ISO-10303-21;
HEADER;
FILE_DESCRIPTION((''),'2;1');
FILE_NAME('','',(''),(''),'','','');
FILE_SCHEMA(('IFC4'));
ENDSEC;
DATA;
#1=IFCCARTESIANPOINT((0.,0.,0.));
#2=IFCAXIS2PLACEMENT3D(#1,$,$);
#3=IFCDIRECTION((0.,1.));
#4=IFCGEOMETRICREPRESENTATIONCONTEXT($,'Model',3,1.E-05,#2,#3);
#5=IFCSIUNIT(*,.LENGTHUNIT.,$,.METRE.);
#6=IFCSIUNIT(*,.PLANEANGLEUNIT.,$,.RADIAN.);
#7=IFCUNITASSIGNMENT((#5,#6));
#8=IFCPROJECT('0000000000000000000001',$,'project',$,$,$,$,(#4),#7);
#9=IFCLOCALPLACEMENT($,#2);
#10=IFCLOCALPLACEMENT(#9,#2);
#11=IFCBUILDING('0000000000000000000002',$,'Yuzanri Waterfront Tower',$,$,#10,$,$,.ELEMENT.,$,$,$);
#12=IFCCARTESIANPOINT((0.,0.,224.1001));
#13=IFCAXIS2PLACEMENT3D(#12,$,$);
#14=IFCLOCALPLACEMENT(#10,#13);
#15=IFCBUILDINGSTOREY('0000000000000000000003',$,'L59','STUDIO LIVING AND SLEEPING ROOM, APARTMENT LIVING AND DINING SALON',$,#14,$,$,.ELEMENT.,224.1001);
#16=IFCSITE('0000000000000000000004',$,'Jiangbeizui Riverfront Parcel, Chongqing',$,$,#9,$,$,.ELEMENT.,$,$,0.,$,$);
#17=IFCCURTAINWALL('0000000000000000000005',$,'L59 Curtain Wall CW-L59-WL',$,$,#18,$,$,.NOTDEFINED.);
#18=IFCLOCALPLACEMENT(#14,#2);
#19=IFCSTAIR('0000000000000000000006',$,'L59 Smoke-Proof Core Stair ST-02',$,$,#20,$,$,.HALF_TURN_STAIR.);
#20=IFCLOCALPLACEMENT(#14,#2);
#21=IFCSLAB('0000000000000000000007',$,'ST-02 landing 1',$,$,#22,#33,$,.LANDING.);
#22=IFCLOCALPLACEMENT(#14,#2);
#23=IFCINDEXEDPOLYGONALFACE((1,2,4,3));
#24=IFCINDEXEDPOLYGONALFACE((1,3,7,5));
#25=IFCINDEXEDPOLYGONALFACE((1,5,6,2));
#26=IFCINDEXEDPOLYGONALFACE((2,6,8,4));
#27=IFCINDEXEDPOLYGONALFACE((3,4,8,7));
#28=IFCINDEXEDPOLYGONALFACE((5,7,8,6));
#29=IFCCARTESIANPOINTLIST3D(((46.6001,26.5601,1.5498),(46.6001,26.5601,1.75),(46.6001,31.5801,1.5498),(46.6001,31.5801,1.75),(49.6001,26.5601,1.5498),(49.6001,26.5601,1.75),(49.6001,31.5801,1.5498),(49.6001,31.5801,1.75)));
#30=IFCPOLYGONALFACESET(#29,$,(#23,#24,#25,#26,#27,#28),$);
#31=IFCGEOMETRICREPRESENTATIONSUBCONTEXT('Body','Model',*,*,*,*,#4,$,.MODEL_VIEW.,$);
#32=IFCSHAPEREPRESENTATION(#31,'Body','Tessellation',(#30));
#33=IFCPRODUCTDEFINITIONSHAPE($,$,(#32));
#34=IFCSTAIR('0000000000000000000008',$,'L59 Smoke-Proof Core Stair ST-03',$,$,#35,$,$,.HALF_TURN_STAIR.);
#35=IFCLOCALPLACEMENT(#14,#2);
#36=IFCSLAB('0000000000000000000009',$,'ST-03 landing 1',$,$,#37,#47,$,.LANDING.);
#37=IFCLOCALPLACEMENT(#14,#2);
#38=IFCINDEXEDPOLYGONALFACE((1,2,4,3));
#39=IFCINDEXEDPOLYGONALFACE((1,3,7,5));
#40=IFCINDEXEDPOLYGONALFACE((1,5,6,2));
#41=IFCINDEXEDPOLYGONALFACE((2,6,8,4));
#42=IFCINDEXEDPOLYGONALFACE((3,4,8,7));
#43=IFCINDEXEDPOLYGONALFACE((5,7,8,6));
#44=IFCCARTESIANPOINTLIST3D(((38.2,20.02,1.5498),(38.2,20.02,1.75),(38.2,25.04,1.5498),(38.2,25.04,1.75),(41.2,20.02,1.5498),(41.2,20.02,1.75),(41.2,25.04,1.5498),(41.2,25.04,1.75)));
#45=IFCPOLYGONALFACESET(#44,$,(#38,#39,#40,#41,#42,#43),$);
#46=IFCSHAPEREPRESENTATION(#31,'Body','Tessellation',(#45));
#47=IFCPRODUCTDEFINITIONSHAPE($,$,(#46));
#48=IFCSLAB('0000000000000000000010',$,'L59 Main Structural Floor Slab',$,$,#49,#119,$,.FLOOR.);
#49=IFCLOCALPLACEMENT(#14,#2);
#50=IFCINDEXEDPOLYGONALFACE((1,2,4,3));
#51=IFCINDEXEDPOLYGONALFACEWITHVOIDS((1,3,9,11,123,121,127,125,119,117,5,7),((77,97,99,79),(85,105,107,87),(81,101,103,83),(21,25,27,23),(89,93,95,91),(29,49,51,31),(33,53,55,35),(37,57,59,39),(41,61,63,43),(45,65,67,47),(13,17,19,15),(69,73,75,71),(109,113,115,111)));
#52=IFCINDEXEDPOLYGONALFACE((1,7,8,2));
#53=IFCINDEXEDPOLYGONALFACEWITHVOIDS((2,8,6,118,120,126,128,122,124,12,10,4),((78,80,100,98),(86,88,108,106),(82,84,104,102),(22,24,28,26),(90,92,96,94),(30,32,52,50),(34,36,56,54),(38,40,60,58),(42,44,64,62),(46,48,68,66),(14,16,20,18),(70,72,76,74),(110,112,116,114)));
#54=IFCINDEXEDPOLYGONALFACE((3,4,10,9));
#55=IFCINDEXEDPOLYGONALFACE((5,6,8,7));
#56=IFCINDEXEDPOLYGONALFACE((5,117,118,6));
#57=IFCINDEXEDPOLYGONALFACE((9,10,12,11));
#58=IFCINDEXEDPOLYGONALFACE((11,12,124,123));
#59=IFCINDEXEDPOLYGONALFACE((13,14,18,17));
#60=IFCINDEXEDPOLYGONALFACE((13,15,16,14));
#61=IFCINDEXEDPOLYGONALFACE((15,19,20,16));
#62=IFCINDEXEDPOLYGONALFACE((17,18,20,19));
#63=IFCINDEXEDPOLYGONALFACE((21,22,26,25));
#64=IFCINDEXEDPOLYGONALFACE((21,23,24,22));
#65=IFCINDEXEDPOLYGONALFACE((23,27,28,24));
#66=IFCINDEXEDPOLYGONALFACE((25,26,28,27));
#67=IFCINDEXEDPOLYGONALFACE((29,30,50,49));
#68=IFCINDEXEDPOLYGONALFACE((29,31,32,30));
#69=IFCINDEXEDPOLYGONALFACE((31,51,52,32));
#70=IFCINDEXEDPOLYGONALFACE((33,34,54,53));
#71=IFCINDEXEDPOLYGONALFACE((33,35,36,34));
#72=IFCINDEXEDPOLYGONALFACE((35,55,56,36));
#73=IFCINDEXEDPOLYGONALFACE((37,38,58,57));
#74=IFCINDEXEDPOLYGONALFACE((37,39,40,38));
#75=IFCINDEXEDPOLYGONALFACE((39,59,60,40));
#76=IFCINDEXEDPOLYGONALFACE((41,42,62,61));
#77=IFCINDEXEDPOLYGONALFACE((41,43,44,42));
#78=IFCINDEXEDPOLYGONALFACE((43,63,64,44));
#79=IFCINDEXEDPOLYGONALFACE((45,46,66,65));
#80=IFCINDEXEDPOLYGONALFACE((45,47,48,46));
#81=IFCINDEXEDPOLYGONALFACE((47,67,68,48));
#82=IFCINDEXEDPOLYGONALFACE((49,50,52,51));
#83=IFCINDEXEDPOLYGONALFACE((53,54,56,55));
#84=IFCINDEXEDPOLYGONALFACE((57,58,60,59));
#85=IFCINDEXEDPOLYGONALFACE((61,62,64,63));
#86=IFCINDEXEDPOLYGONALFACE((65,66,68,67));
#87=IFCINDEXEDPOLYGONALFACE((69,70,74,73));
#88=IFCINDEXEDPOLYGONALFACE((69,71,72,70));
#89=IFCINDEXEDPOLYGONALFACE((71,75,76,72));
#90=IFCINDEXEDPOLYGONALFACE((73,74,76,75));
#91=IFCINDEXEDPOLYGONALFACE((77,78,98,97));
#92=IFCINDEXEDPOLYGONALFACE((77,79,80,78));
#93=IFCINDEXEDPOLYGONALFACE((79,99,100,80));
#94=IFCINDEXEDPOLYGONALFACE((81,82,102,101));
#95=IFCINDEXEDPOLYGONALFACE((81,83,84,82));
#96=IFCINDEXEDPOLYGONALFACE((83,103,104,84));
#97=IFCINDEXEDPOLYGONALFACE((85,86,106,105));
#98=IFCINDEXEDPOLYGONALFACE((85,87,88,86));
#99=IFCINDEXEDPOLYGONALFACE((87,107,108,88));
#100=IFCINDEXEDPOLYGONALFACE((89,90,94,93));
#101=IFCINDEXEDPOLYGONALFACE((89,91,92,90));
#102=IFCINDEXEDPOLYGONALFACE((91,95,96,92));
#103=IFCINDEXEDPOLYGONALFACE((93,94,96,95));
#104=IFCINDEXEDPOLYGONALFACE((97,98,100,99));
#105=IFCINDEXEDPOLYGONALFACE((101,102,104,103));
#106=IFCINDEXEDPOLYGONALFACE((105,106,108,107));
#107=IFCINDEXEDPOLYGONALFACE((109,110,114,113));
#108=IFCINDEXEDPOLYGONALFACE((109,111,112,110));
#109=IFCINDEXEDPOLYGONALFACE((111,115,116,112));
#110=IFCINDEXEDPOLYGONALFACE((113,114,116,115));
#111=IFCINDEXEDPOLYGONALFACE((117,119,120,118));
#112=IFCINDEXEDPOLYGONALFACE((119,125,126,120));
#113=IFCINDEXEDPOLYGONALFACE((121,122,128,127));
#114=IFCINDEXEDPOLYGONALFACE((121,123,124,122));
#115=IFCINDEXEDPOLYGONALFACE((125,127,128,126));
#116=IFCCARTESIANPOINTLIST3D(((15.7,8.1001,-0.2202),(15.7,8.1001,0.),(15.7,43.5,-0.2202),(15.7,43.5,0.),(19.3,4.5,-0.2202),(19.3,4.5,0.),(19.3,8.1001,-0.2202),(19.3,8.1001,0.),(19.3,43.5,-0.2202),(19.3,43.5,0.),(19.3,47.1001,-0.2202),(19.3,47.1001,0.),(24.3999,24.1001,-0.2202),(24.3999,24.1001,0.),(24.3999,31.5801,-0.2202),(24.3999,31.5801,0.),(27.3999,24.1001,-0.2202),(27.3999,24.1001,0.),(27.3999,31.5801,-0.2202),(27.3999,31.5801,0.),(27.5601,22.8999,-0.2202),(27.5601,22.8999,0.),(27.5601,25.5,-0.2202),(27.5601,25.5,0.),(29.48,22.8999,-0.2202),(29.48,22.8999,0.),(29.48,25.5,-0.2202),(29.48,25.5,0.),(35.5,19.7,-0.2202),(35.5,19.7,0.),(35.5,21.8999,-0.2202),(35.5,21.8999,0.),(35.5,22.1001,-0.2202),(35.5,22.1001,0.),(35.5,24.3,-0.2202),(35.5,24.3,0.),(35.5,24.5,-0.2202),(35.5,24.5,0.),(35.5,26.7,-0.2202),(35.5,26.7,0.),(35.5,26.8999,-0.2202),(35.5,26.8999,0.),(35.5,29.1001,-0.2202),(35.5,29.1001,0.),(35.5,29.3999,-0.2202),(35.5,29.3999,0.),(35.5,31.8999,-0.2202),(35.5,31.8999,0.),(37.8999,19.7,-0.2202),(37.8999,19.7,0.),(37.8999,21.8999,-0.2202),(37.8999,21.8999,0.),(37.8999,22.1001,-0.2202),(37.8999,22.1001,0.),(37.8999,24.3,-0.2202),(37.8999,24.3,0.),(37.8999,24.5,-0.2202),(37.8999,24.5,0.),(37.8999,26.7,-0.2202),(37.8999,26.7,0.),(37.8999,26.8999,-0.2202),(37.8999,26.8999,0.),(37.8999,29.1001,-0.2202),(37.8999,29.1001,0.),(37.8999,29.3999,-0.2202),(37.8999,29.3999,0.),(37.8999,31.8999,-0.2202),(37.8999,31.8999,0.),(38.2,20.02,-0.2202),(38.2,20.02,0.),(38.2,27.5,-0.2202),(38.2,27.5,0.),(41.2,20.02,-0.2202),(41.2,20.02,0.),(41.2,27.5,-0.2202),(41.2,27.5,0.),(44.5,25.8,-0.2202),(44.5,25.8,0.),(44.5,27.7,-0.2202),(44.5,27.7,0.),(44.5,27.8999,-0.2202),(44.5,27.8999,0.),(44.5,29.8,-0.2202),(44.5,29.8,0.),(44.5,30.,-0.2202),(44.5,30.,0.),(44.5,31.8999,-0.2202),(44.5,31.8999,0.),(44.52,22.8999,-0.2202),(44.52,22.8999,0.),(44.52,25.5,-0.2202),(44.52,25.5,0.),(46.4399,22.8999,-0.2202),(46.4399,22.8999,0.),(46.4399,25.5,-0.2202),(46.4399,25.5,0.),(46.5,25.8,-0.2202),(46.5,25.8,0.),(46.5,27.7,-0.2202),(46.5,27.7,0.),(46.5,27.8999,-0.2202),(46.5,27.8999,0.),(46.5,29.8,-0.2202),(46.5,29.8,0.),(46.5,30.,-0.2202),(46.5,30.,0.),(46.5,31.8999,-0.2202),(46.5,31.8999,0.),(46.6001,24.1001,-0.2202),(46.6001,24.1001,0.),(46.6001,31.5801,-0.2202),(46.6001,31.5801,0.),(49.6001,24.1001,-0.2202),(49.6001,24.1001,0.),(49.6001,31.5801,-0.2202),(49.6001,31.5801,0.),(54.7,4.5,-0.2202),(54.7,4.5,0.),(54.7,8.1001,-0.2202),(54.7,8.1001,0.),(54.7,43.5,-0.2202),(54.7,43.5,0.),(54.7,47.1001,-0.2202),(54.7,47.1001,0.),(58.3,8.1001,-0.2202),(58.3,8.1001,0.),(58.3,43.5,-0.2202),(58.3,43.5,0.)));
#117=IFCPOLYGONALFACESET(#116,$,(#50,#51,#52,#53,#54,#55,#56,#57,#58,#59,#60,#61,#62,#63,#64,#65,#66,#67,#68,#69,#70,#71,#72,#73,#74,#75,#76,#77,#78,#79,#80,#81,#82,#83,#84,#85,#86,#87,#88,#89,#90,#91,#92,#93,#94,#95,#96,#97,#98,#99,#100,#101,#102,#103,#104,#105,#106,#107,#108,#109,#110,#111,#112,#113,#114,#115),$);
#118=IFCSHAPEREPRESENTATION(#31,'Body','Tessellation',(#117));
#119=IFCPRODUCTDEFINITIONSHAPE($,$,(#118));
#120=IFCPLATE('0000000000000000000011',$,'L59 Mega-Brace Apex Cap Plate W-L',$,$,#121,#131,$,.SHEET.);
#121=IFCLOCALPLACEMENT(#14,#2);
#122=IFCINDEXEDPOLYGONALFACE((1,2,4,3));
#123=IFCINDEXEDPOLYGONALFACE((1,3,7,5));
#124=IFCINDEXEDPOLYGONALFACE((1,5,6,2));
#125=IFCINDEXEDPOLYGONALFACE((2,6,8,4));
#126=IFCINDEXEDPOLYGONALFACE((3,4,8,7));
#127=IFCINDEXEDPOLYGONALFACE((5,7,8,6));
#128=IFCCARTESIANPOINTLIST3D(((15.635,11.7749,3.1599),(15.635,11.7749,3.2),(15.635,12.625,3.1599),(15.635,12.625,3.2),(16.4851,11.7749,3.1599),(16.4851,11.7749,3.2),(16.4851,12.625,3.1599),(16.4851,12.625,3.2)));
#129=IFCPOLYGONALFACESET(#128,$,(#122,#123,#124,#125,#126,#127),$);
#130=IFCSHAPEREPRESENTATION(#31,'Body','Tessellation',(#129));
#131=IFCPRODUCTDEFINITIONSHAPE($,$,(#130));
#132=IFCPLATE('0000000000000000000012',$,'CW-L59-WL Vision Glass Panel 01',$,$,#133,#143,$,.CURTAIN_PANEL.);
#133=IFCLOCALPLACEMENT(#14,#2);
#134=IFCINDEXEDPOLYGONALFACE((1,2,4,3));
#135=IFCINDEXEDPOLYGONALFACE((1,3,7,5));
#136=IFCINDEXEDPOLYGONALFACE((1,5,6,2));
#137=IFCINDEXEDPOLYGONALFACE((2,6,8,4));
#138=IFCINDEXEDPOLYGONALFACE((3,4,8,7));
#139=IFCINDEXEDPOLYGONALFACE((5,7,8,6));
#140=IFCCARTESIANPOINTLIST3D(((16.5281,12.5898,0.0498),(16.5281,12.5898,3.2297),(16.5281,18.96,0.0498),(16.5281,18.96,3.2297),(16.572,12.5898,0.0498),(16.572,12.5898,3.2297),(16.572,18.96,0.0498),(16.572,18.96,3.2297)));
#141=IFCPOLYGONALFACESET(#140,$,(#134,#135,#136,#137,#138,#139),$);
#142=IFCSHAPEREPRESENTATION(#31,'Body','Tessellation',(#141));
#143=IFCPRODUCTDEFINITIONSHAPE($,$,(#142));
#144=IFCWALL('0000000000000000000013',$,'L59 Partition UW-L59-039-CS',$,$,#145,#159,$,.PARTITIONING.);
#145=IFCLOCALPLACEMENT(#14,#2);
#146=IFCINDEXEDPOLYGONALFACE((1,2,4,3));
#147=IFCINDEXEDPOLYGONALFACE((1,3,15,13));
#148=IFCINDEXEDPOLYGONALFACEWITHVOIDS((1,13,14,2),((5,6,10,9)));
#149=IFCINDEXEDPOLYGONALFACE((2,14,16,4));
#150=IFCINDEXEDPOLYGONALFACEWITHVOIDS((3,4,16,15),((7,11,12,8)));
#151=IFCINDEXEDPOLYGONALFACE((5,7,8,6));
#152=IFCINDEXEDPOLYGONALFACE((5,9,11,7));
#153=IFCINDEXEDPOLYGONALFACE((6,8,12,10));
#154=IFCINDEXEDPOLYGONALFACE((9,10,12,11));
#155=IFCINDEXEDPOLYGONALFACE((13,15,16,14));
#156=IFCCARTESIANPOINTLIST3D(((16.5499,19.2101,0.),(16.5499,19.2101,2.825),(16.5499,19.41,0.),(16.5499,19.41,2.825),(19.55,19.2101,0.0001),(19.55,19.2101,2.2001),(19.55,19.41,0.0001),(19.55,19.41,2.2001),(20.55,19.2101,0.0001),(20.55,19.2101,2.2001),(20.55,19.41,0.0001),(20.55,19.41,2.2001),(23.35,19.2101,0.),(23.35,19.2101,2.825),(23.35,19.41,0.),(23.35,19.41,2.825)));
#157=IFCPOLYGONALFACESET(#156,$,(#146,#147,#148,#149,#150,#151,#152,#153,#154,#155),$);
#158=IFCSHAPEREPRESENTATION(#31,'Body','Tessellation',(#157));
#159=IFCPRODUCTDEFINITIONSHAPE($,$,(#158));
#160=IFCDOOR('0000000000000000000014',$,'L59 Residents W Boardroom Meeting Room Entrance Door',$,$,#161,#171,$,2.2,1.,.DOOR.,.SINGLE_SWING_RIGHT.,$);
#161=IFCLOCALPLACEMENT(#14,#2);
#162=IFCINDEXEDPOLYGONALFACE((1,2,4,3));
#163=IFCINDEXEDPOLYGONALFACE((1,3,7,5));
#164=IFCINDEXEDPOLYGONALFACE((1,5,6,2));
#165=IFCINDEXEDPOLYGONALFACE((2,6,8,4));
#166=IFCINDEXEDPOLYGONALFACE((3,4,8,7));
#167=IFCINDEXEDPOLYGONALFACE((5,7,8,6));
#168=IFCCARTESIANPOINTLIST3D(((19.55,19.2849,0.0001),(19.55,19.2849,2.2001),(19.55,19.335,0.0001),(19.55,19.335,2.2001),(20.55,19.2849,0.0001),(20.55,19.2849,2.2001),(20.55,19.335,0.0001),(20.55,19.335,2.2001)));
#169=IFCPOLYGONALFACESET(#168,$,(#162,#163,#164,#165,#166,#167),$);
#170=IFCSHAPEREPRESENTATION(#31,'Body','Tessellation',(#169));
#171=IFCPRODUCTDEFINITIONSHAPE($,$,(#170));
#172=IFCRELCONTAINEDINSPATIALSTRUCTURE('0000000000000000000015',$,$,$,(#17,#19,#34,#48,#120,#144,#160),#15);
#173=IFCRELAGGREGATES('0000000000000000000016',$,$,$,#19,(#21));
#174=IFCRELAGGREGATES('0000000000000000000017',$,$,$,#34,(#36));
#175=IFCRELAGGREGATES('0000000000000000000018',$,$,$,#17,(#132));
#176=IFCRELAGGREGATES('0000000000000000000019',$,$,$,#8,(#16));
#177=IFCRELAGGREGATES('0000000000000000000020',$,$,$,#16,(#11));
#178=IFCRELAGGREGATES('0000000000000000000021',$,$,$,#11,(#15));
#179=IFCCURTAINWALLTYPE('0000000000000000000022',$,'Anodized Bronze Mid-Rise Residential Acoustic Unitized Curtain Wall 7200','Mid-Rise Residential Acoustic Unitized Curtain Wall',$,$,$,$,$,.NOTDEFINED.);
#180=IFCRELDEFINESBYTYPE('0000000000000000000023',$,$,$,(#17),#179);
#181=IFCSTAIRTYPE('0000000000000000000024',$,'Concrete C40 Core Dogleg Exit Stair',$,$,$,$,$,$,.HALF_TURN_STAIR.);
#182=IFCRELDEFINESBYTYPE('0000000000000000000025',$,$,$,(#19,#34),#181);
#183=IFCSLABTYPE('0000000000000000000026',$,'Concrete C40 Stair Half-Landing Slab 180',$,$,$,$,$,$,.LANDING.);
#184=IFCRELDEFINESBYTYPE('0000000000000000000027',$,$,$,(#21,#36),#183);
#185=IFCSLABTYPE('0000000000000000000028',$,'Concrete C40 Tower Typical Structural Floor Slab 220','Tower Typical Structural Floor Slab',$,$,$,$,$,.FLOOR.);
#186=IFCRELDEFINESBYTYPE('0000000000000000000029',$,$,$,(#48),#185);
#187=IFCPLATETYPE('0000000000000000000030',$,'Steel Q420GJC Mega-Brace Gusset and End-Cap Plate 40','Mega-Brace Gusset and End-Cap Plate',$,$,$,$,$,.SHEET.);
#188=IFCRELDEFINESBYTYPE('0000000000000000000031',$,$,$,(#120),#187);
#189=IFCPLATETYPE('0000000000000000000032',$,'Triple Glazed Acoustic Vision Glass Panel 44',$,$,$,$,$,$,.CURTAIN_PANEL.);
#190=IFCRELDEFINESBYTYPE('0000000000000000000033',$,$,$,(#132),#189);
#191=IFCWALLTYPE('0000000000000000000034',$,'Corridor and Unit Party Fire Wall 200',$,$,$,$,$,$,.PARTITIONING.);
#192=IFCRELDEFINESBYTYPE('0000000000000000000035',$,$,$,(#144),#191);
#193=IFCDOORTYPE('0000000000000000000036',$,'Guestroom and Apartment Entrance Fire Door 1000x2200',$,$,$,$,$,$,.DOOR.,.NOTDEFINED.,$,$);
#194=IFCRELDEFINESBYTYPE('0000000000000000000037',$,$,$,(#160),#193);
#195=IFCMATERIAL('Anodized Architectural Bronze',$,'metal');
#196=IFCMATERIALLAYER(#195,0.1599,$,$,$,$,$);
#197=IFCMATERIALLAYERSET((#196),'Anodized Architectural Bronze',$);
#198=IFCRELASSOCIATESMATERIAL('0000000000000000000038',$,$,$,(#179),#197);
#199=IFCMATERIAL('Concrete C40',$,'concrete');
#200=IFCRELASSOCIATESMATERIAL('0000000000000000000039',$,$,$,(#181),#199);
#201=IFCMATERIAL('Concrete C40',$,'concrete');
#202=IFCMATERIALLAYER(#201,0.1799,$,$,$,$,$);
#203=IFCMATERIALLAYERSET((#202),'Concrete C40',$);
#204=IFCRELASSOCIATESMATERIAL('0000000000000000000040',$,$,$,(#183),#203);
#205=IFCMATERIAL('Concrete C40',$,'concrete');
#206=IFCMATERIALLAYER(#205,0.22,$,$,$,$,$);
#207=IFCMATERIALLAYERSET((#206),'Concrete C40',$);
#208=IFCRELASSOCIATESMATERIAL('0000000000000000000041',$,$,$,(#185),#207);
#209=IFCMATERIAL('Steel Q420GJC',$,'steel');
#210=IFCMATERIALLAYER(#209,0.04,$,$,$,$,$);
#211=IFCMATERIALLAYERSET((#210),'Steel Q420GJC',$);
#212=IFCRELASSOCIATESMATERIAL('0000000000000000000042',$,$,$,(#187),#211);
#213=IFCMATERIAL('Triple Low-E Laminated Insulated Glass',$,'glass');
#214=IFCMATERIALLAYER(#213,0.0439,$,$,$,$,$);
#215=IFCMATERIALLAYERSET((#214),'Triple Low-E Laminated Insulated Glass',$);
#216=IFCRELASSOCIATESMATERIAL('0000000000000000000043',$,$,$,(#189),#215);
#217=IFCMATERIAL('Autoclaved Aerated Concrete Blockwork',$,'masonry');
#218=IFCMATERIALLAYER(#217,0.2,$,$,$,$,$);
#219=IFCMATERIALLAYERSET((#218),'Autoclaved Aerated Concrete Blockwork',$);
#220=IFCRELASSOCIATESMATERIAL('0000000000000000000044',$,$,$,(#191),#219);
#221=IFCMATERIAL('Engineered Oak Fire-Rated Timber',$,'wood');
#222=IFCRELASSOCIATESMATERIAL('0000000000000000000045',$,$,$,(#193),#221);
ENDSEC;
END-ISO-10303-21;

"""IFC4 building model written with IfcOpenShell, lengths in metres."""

from ifc_helpers import new_model, si_unit, direction, frame, frame_2d, origin, origin_2d, place, context, subcontext, project, spatial, polyline, rectangle, outline, extrude, source, transform, mapped, material, layer, layer_set, type_object, element, fill, aggregate, save


model = new_model("IFC4")

# Units and contexts
model_context = context("Model", 3, precision=1e-05, world=origin(), true_north=direction((0.0, 1.0)))
body_context = subcontext(model_context, "Body", "Model", "MODEL_VIEW")
ifc_project = project(units=[si_unit("LENGTHUNIT", "METRE"), si_unit("PLANEANGLEUNIT", "RADIAN")], contexts=[model_context])

# Site, building, storey
site_placement = place(None, origin())
site = spatial("IfcSite", under=ifc_project, at=site_placement, Name="Jiangbeizui Riverfront Parcel, Chongqing", CompositionType="ELEMENT", RefElevation=0.0)
building_placement = place(site_placement, origin())
building = spatial("IfcBuilding", under=site, at=building_placement, Name="Yuzanri Waterfront Tower", CompositionType="ELEMENT")
storey_placement = place(building_placement, frame((0.0, 0.0, 224.1001)))
storey = spatial("IfcBuildingStorey", under=building, at=storey_placement, Name="L59", Description="STUDIO LIVING AND SLEEPING ROOM, APARTMENT LIVING AND DINING SALON", CompositionType="ELEMENT", Elevation=224.1001)

# Curtain wall
ifc_material_1 = material(Name="Anodized Architectural Bronze", Category="metal")
ifc_layer_1 = layer(ifc_material_1, 0.1599)
ifc_layer_set_1 = layer_set([ifc_layer_1], Name="Anodized Architectural Bronze")
curtain_wall_type = type_object("IfcCurtainWallType", Name="Anodized Bronze Mid-Rise Residential Acoustic Unitized Curtain Wall 7200", Description="Mid-Rise Residential Acoustic Unitized Curtain Wall", PredefinedType="NOTDEFINED", material=ifc_layer_set_1)
curtain_wall_placement = place(storey_placement, origin())
curtain_wall = element("IfcCurtainWall", 1, at=curtain_wall_placement, inside=storey, type_object=curtain_wall_type, Name="L59 Curtain Wall CW-L59-WL", PredefinedType="NOTDEFINED")

# Stairs, slabs
ifc_material_2 = material(Name="Concrete C40", Category="concrete")
stair_type = type_object("IfcStairType", Name="Concrete C40 Core Dogleg Exit Stair", PredefinedType="HALF_TURN_STAIR", material=ifc_material_2)
ifc_material_3 = material(Name="Concrete C40", Category="concrete")
ifc_layer_2 = layer(ifc_material_3, 0.1799)
ifc_layer_set_2 = layer_set([ifc_layer_2], Name="Concrete C40")
slab_type_1 = type_object("IfcSlabType", Name="Concrete C40 Stair Half-Landing Slab 180", PredefinedType="LANDING", material=ifc_layer_set_2)
stair_1_placement = place(storey_placement, origin())
stair_1 = element("IfcStair", 2, at=stair_1_placement, inside=storey, type_object=stair_type, Name="L59 Smoke-Proof Core Stair ST-02", PredefinedType="HALF_TURN_STAIR")
slab_1_placement = place(storey_placement, frame((0.0, 0.0, 1.5498)))
slab_1 = element("IfcSlab", 3, at=slab_1_placement, type_object=slab_type_1, Name="ST-02 landing 1", PredefinedType="LANDING", context=body_context, shape_type="SweptSolid", body=[
    extrude(outline(polyline([(49.6001, 26.5601), (49.6001, 31.5801), (46.6001, 31.5801), (46.6001, 26.5601), (49.6001, 26.5601)])), origin(), (0.0, 0.0, 1.0), 0.2002),
])
aggregate(stair_1, [slab_1])
stair_2_placement = place(storey_placement, origin())
stair_2 = element("IfcStair", 4, at=stair_2_placement, inside=storey, type_object=stair_type, Name="L59 Smoke-Proof Core Stair ST-03", PredefinedType="HALF_TURN_STAIR")
slab_2_placement = place(storey_placement, frame((0.0, 0.0, 1.5498)))
slab_2 = element("IfcSlab", 5, at=slab_2_placement, type_object=slab_type_1, Name="ST-03 landing 1", PredefinedType="LANDING", context=body_context, shape_type="SweptSolid", body=[
    extrude(outline(polyline([(38.2, 25.04), (38.2, 20.02), (41.2, 20.02), (41.2, 25.04), (38.2, 25.04)])), origin(), (0.0, 0.0, 1.0), 0.2002),
])
aggregate(stair_2, [slab_2])

# Slab
ifc_material_4 = material(Name="Concrete C40", Category="concrete")
ifc_layer_3 = layer(ifc_material_4, 0.22)
ifc_layer_set_3 = layer_set([ifc_layer_3], Name="Concrete C40")
slab_type_2 = type_object("IfcSlabType", Name="Concrete C40 Tower Typical Structural Floor Slab 220", Description="Tower Typical Structural Floor Slab", PredefinedType="FLOOR", material=ifc_layer_set_3)
slab_3_placement = place(storey_placement, frame((0.0, 0.0, -0.2202)))
element("IfcSlab", 6, at=slab_3_placement, inside=storey, type_object=slab_type_2, Name="L59 Main Structural Floor Slab", PredefinedType="FLOOR", context=body_context, shape_type="SweptSolid", body=[
    extrude(outline(polyline([(19.3, 4.5), (54.7, 4.5), (54.7, 8.1001), (58.3, 8.1001), (58.3, 43.5), (54.7, 43.5), (54.7, 47.1001), (19.3, 47.1001), (19.3, 43.5), (15.7, 43.5), (15.7, 8.1001), (19.3, 8.1001), (19.3, 4.5)]), holes=[polyline([(27.3999, 24.1001), (27.3999, 31.5801), (24.3999, 31.5801), (24.3999, 24.1001), (27.3999, 24.1001)]), polyline([(49.6001, 24.1001), (49.6001, 31.5801), (46.6001, 31.5801), (46.6001, 24.1001), (49.6001, 24.1001)]), polyline([(38.2, 27.5), (38.2, 20.02), (41.2, 20.02), (41.2, 27.5), (38.2, 27.5)]), polyline([(27.5601, 22.8999), (29.48, 22.8999), (29.48, 25.5), (27.5601, 25.5), (27.5601, 22.8999)]), polyline([(44.52, 22.8999), (46.4399, 22.8999), (46.4399, 25.5), (44.52, 25.5), (44.52, 22.8999)]), polyline([(35.5, 19.7), (37.8999, 19.7), (37.8999, 21.8999), (35.5, 21.8999), (35.5, 19.7)]), polyline([(35.5, 22.1001), (37.8999, 22.1001), (37.8999, 24.3), (35.5, 24.3), (35.5, 22.1001)]), polyline([(35.5, 24.5), (37.8999, 24.5), (37.8999, 26.7), (35.5, 26.7), (35.5, 24.5)]), polyline([(35.5, 26.8999), (37.8999, 26.8999), (37.8999, 29.1001), (35.5, 29.1001), (35.5, 26.8999)]), polyline([(35.5, 29.3999), (37.8999, 29.3999), (37.8999, 31.8999), (35.5, 31.8999), (35.5, 29.3999)]), polyline([(44.5, 25.8), (46.5, 25.8), (46.5, 27.7), (44.5, 27.7), (44.5, 25.8)]), polyline([(44.5, 27.8999), (46.5, 27.8999), (46.5, 29.8), (44.5, 29.8), (44.5, 27.8999)]), polyline([(44.5, 30.0), (46.5, 30.0), (46.5, 31.8999), (44.5, 31.8999), (44.5, 30.0)])]), origin(), (0.0, 0.0, 1.0), 0.2202),
])

# Plates
ifc_material_5 = material(Name="Steel Q420GJC", Category="steel")
ifc_layer_4 = layer(ifc_material_5, 0.04)
ifc_layer_set_4 = layer_set([ifc_layer_4], Name="Steel Q420GJC")
plate_type_1 = type_object("IfcPlateType", Name="Steel Q420GJC Mega-Brace Gusset and End-Cap Plate 40", Description="Mega-Brace Gusset and End-Cap Plate", PredefinedType="SHEET", material=ifc_layer_set_4)
shared_shape_1 = source(origin(), body_context, "Body", "SweptSolid", [
    extrude(rectangle(XDim=0.8501, YDim=0.8501, at=origin_2d()), origin(), (0.0, 0.0, 1.0), 0.04),
])
plate_1_placement = place(storey_placement, frame((16.0601, 12.2, 3.1599), z_axis=(0.0, 0.0, 1.0), x_axis=(1.0, 0.0, 0.0)))
element("IfcPlate", 7, at=plate_1_placement, inside=storey, type_object=plate_type_1, Name="L59 Mega-Brace Apex Cap Plate W-L", PredefinedType="SHEET", context=body_context, shape_type="MappedRepresentation", body=[
    mapped(shared_shape_1, transform((0.0, 0.0, 0.0), scale=1.0)),
])
ifc_material_6 = material(Name="Triple Low-E Laminated Insulated Glass", Category="glass")
ifc_layer_5 = layer(ifc_material_6, 0.0439)
ifc_layer_set_5 = layer_set([ifc_layer_5], Name="Triple Low-E Laminated Insulated Glass")
plate_type_2 = type_object("IfcPlateType", Name="Triple Glazed Acoustic Vision Glass Panel 44", PredefinedType="CURTAIN_PANEL", material=ifc_layer_set_5)
shared_shape_2 = source(origin(), body_context, "Body", "SweptSolid", [
    extrude(rectangle(XDim=6.3701, YDim=0.0439, at=origin_2d()), origin(), (0.0, 0.0, 1.0), 3.1799),
])
plate_2_placement = place(storey_placement, frame((16.55, 15.7749, 0.0498), z_axis=(0.0, 0.0, 1.0), x_axis=(0.0, 1.0, 0.0)))
plate_2 = element("IfcPlate", 8, at=plate_2_placement, type_object=plate_type_2, Name="CW-L59-WL Vision Glass Panel 01", PredefinedType="CURTAIN_PANEL", context=body_context, shape_type="MappedRepresentation", body=[
    mapped(shared_shape_2, transform((0.0, 0.0, 0.0), scale=1.0)),
])
aggregate(curtain_wall, [plate_2])

# Wall, opening, door
ifc_material_7 = material(Name="Autoclaved Aerated Concrete Blockwork", Category="masonry")
ifc_layer_6 = layer(ifc_material_7, 0.2)
ifc_layer_set_6 = layer_set([ifc_layer_6], Name="Autoclaved Aerated Concrete Blockwork")
wall_type_1 = type_object("IfcWallType", Name="Corridor and Unit Party Fire Wall 200", PredefinedType="PARTITIONING", material=ifc_layer_set_6)
wall_1_placement = place(storey_placement, frame((16.55, 19.3101, 0.0), z_axis=(0.0, 0.0, 1.0), x_axis=(1.0, 0.0, 0.0)))
wall_1 = element("IfcWall", 9, at=wall_1_placement, inside=storey, type_object=wall_type_1, Name="L59 Partition UW-L59-039-CS", PredefinedType="PARTITIONING", context=body_context, shape_type="SweptSolid", body=[
    extrude(rectangle(XDim=6.8, YDim=0.2, at=frame_2d((3.3999, 0.0))), origin(), (0.0, 0.0, 1.0), 2.825),
])
opening_placement = place(wall_1_placement, frame((3.0, 0.0, 0.0)))
opening = element("IfcOpeningElement", 10, at=opening_placement, cuts=wall_1, PredefinedType="OPENING", context=body_context, shape_type="SweptSolid", body=[
    extrude(rectangle(XDim=1.0, YDim=2.2, at=frame_2d((0.5, 1.1001))), frame((0.0, 0.1147, 0.0), z_axis=(0.0, -1.0, 0.0), x_axis=(1.0, 0.0, 0.0)), (0.0, 0.0, 1.0), 0.2297),
])
ifc_material_8 = material(Name="Engineered Oak Fire-Rated Timber", Category="wood")
door_type = type_object("IfcDoorType", Name="Guestroom and Apartment Entrance Fire Door 1000x2200", OperationType="NOTDEFINED", PredefinedType="DOOR", material=ifc_material_8)
shared_shape_3 = source(origin(), body_context, "Body", "SweptSolid", [
    extrude(rectangle(XDim=1.0, YDim=2.2, at=frame_2d((0.5, 1.1001))), frame((0.0, 0.0249, 0.0), z_axis=(0.0, -1.0, 0.0), x_axis=(1.0, 0.0, 0.0)), (0.0, 0.0, 1.0), 0.05),
])
door_placement = place(opening_placement, origin())
door = element("IfcDoor", 11, at=door_placement, inside=storey, type_object=door_type, Name="L59 Residents W Boardroom Meeting Room Entrance Door", OperationType="SINGLE_SWING_RIGHT", OverallHeight=2.2, OverallWidth=1.0, PredefinedType="DOOR", context=body_context, shape_type="MappedRepresentation", body=[
    mapped(shared_shape_3, transform((0.0, 0.0, 0.0), scale=1.0)),
])
fill(opening, door)

save(model, "model.ifc")
